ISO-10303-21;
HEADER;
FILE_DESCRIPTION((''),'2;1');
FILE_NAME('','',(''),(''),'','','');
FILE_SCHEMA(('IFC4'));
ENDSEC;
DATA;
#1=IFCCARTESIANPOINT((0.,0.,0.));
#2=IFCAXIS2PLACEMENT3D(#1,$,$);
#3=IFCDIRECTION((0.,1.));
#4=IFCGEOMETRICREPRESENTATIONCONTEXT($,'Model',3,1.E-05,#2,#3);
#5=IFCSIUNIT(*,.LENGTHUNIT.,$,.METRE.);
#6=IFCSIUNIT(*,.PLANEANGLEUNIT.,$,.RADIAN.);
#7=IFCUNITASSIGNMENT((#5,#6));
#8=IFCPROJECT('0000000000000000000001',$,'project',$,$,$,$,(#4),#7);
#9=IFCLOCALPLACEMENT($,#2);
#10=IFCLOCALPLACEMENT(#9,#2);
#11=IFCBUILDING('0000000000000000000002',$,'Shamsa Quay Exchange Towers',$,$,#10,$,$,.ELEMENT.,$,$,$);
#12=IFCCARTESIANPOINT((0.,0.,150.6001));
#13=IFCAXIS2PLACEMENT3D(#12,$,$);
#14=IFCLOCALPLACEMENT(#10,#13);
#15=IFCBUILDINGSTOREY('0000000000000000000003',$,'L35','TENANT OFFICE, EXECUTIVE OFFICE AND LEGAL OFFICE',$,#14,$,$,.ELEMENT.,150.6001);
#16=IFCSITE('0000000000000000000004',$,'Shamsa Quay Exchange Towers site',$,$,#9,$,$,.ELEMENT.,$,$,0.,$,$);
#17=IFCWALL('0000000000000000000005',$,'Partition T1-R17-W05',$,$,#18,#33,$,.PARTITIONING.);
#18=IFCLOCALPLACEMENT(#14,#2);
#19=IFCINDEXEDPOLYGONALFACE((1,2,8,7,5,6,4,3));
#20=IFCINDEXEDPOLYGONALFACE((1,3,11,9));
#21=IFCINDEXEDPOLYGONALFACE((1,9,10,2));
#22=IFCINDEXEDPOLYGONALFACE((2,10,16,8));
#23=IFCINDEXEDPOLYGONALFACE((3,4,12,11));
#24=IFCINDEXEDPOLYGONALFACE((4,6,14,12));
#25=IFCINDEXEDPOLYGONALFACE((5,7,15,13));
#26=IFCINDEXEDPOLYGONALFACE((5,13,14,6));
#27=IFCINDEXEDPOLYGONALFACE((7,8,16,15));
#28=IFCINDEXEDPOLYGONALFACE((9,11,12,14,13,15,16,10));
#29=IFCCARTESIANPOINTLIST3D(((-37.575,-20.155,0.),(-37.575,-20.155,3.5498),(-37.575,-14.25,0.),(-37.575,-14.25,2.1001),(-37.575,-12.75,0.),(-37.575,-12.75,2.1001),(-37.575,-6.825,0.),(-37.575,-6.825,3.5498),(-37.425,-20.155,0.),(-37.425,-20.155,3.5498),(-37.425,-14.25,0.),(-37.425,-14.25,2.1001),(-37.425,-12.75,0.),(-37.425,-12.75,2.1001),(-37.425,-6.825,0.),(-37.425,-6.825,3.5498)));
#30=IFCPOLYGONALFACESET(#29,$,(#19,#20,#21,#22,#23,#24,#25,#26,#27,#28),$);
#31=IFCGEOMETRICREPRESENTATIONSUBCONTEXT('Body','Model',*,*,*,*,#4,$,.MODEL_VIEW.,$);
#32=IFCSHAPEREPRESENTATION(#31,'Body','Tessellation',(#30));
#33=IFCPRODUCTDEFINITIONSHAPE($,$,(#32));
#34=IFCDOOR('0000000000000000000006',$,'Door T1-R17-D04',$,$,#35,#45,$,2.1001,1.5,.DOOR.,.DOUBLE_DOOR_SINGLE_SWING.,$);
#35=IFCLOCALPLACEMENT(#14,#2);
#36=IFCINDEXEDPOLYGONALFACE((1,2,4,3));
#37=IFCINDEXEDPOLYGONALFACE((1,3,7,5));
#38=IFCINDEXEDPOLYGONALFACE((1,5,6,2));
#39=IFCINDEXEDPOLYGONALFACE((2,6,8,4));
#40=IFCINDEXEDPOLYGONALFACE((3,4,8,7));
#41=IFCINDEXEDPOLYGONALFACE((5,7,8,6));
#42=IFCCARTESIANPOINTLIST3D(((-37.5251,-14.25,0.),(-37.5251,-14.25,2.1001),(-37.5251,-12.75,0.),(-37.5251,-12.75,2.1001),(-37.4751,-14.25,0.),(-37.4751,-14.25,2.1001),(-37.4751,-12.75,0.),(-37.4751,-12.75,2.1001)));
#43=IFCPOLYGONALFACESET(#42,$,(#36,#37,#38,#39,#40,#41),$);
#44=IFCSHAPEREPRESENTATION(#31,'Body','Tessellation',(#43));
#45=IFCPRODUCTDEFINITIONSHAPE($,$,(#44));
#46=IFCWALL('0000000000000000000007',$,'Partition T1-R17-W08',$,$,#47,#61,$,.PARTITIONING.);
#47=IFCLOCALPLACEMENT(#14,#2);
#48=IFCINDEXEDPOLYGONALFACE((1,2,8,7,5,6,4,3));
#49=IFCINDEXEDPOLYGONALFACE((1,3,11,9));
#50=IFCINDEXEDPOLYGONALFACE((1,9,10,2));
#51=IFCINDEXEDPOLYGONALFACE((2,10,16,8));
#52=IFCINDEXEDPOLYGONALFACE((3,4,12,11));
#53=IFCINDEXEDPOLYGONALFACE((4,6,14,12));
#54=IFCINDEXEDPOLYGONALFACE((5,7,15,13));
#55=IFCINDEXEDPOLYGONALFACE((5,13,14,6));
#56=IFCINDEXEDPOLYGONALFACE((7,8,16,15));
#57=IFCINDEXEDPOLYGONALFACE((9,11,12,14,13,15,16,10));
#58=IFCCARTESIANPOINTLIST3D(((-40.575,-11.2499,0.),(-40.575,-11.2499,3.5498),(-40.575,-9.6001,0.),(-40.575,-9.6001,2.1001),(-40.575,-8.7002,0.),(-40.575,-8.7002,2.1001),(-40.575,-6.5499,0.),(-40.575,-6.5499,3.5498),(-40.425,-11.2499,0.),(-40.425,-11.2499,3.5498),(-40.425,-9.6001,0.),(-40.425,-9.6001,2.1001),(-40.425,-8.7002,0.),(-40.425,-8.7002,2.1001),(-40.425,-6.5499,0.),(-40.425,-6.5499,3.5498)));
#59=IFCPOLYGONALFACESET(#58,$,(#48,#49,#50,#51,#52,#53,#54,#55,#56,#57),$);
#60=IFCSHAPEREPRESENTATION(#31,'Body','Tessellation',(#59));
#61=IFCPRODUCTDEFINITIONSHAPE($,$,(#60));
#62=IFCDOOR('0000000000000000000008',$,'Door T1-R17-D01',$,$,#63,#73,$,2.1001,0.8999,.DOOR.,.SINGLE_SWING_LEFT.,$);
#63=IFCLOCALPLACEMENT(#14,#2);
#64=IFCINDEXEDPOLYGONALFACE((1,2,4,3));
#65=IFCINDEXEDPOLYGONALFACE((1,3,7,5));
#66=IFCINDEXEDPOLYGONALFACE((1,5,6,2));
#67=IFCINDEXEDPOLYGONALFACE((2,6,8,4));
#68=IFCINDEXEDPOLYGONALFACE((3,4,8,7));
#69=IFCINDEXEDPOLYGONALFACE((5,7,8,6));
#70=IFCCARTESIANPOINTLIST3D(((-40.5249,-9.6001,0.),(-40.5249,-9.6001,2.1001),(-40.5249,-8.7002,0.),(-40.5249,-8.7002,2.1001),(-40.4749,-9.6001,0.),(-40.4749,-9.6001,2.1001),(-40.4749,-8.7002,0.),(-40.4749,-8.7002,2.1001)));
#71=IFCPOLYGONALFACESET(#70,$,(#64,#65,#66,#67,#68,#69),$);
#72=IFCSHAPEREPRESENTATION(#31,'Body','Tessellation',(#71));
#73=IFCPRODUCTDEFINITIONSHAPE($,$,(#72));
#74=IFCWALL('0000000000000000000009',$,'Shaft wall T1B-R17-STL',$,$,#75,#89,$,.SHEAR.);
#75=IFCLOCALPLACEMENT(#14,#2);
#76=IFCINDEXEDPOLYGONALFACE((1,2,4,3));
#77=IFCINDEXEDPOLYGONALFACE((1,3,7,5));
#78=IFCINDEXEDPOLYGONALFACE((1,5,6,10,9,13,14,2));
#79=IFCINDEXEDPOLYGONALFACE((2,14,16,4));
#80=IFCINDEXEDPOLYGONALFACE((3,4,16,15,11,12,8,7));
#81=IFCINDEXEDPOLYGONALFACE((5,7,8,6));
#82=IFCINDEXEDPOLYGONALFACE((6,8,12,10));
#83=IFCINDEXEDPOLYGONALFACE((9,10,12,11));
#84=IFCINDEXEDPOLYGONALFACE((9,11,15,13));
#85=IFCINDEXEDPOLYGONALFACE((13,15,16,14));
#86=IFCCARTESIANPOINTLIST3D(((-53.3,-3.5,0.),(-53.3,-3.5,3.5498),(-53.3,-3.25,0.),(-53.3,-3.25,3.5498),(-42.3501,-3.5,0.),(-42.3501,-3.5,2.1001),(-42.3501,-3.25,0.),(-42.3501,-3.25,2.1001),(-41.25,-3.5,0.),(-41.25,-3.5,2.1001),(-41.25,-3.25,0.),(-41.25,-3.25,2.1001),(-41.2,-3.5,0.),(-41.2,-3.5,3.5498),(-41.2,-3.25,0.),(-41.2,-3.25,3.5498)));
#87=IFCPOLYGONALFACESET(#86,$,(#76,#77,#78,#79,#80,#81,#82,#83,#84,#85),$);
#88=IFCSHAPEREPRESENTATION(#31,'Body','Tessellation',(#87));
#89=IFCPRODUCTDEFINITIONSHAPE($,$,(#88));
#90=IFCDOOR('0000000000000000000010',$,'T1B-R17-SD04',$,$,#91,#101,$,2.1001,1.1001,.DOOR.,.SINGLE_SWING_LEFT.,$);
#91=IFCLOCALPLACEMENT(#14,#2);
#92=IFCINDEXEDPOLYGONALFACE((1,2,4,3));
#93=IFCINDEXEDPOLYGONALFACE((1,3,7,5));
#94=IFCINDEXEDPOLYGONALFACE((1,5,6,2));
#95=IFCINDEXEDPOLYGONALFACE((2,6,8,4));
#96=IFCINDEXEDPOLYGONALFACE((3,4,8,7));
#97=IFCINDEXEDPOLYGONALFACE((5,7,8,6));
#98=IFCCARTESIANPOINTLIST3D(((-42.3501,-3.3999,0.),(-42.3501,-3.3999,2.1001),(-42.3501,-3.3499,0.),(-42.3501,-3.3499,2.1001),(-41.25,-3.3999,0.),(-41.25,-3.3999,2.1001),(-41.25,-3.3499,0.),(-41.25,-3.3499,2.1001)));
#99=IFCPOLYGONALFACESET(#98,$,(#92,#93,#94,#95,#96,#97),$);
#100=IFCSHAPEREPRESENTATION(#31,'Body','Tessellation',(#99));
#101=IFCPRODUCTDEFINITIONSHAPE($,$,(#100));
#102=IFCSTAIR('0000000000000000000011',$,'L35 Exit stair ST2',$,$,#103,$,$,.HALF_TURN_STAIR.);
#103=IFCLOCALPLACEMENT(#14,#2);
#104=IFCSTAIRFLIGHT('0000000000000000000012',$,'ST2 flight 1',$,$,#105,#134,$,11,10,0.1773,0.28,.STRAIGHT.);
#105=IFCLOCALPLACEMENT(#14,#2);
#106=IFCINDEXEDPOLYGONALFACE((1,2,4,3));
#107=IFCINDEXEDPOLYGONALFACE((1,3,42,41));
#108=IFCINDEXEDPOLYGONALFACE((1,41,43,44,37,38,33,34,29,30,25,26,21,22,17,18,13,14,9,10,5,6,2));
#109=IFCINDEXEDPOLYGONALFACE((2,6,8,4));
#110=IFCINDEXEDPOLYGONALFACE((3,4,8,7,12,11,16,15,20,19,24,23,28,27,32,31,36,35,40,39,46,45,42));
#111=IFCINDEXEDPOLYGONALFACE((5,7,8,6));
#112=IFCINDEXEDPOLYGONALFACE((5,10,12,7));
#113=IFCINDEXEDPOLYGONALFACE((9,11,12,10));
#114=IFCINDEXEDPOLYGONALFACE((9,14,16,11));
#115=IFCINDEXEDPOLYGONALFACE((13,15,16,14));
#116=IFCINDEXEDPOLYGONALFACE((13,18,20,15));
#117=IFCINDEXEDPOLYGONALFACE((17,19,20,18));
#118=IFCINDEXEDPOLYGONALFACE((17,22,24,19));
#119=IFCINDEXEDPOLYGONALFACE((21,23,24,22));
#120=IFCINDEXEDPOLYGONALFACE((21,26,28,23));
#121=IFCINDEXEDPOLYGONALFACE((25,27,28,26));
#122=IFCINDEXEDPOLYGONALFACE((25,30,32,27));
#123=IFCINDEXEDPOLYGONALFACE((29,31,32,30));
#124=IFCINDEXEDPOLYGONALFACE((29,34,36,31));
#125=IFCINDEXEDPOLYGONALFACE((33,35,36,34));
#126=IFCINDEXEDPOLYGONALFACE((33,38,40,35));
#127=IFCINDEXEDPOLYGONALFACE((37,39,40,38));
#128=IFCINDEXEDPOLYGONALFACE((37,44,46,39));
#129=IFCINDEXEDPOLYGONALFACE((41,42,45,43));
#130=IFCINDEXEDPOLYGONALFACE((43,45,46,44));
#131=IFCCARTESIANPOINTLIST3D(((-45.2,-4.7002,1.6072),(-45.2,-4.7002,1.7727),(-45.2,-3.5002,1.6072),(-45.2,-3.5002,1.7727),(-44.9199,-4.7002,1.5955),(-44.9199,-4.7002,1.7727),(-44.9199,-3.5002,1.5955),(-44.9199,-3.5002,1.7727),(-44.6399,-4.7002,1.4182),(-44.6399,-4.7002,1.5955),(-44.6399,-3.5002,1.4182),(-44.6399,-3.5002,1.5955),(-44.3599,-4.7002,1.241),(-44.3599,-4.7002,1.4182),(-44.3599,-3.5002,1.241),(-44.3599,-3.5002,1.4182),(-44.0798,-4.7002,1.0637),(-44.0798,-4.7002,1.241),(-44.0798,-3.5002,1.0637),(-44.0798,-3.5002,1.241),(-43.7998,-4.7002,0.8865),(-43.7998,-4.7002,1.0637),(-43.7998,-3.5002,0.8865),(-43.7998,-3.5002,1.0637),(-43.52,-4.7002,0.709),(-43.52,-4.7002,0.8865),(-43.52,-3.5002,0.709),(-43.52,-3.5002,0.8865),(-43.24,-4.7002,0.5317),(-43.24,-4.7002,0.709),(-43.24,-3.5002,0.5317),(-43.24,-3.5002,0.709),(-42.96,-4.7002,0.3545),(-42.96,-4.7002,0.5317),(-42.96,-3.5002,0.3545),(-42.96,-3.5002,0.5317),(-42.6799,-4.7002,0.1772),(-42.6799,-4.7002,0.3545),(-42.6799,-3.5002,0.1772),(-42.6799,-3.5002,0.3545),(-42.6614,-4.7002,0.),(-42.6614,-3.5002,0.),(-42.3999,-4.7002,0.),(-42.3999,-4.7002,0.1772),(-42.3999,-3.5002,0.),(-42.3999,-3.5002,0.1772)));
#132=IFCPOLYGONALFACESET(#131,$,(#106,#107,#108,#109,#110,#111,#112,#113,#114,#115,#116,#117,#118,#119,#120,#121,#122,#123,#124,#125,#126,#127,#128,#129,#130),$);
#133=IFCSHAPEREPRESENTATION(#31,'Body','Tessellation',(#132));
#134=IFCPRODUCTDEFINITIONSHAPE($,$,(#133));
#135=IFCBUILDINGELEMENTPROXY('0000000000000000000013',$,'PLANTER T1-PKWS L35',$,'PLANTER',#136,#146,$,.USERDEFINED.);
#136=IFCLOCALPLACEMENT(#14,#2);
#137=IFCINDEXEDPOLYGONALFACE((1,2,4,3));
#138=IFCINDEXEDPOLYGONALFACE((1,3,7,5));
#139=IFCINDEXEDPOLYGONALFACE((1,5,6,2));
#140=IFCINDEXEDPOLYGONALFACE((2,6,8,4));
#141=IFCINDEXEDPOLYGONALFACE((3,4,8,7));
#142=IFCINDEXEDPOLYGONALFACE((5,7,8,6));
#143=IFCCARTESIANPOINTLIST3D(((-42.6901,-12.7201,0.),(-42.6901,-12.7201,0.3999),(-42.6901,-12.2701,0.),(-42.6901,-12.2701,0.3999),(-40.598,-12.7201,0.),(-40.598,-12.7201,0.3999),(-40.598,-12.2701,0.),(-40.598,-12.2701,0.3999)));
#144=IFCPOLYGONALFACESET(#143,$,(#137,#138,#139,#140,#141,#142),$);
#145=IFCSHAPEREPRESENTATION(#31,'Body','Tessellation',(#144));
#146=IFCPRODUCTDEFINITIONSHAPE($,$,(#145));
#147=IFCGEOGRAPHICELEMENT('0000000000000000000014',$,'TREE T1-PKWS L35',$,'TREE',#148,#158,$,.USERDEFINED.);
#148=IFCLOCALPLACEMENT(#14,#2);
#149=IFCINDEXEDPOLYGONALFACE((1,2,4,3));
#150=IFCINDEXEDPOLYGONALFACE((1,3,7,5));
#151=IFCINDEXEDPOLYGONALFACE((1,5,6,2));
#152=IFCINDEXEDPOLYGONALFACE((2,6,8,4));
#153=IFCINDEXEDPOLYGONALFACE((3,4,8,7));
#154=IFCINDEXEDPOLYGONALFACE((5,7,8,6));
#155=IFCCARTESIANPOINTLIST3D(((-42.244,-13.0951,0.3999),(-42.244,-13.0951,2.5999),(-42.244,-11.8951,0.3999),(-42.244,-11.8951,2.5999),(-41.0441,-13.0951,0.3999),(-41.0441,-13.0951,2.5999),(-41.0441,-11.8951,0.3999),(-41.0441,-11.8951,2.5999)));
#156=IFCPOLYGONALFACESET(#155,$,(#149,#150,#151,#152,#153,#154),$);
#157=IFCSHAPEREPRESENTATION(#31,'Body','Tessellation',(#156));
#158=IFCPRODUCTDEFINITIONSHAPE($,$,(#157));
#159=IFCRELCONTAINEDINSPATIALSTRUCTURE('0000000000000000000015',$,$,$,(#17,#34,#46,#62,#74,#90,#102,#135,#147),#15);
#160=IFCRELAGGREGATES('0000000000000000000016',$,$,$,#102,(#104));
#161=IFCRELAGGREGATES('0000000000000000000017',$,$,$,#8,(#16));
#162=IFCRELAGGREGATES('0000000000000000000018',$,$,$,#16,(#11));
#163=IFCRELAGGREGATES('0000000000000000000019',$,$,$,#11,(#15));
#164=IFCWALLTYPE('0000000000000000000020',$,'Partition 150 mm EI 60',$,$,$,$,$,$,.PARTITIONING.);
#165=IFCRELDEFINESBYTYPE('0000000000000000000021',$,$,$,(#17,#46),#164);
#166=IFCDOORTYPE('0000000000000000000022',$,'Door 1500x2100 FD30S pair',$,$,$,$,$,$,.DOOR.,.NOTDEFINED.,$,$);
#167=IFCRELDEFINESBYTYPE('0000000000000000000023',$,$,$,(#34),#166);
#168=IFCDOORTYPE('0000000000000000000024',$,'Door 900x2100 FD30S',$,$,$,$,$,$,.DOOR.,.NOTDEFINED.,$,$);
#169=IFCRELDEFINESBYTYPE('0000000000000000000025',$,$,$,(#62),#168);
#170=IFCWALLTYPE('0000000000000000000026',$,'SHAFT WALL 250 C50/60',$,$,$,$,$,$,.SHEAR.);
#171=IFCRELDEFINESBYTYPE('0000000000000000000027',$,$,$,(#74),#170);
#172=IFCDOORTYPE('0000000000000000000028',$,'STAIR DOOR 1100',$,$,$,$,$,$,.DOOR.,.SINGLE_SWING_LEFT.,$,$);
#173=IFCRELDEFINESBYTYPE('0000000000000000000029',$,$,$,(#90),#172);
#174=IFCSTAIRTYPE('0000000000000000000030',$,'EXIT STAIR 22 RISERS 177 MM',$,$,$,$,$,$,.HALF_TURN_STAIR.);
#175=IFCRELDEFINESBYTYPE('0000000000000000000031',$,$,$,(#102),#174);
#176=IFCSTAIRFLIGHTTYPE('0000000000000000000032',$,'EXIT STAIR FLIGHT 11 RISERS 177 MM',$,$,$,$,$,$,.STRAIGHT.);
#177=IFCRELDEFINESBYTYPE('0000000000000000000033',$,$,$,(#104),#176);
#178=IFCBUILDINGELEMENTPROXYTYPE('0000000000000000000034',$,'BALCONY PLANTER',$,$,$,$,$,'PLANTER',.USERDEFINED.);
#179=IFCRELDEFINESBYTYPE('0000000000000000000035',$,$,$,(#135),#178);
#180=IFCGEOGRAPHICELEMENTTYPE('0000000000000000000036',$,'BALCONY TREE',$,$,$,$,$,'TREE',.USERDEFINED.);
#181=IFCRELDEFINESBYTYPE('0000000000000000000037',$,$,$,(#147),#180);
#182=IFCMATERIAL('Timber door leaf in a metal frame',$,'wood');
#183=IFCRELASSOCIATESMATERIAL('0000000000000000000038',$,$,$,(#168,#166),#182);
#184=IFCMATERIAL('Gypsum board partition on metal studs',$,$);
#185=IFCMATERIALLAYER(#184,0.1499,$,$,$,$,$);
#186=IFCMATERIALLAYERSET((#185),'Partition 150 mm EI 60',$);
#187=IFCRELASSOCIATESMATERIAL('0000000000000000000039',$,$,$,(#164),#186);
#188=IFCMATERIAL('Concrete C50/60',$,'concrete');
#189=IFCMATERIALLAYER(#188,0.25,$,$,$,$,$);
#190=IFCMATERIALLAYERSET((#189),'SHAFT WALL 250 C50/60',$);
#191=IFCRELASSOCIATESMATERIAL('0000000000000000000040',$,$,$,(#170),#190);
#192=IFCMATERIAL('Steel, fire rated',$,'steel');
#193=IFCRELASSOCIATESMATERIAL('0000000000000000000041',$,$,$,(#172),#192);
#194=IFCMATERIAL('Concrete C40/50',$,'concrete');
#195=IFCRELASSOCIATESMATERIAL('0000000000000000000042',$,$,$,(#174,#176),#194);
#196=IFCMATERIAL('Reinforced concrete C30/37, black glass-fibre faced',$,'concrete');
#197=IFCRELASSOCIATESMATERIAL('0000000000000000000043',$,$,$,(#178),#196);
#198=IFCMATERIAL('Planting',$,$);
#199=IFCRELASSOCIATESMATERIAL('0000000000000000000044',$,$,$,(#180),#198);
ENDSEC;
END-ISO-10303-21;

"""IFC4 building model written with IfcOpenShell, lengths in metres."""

from ifc_helpers import new_model, si_unit, direction, frame, frame_2d, origin, origin_2d, place, context, subcontext, project, spatial, polyline, rectangle, outline, extrude, material, layer, layer_set, type_object, element, fill, aggregate, save


model = new_model("IFC4")

# Units and contexts
model_context = context("Model", 3, precision=1e-05, world=origin(), true_north=direction((0.0, 1.0)))
body_context = subcontext(model_context, "Body", "Model", "MODEL_VIEW")
ifc_project = project(units=[si_unit("LENGTHUNIT", "METRE"), si_unit("PLANEANGLEUNIT", "RADIAN")], contexts=[model_context])

# Site, building, storey
site_placement = place(None, origin())
site = spatial("IfcSite", under=ifc_project, at=site_placement, Name="Shamsa Quay Exchange Towers site", CompositionType="ELEMENT", RefElevation=0.0)
building_placement = place(site_placement, origin())
building = spatial("IfcBuilding", under=site, at=building_placement, Name="Shamsa Quay Exchange Towers", CompositionType="ELEMENT")
storey_placement = place(building_placement, frame((0.0, 0.0, 150.6001)))
storey = spatial("IfcBuildingStorey", under=building, at=storey_placement, Name="L35", Description="TENANT OFFICE, EXECUTIVE OFFICE AND LEGAL OFFICE", CompositionType="ELEMENT", Elevation=150.6001)

# Walls, openings, doors
ifc_material_1 = material(Name="Steel, fire rated", Category="steel")
ifc_material_2 = material(Name="Timber door leaf in a metal frame", Category="wood")
door_type_1 = type_object("IfcDoorType", Name="Door 900x2100 FD30S", OperationType="NOTDEFINED", PredefinedType="DOOR", material=ifc_material_2)
ifc_material_3 = material(Name="Gypsum board partition on metal studs")
ifc_layer_1 = layer(ifc_material_3, 0.1499)
ifc_layer_set_1 = layer_set([ifc_layer_1], Name="Partition 150 mm EI 60")
wall_type_1 = type_object("IfcWallType", Name="Partition 150 mm EI 60", PredefinedType="PARTITIONING", material=ifc_layer_set_1)
wall_1_placement = place(storey_placement, frame((-37.5, -6.825, 0.0), z_axis=(0.0, 0.0, 1.0), x_axis=(0.0, -1.0, 0.0)))
wall_1 = element("IfcWall", 1, at=wall_1_placement, inside=storey, type_object=wall_type_1, Name="Partition T1-R17-W05", PredefinedType="PARTITIONING", context=body_context, shape_type="SweptSolid", body=[
    extrude(rectangle(XDim=13.3301, YDim=0.1499, at=frame_2d((6.665, 0.0))), origin(), (0.0, 0.0, 1.0), 3.5498),
])
opening_1_placement = place(wall_1_placement, frame((5.925, 0.0, 0.0)))
opening_1 = element("IfcOpeningElement", 2, at=opening_1_placement, cuts=wall_1, PredefinedType="OPENING", context=body_context, shape_type="SweptSolid", body=[
    extrude(rectangle(XDim=1.5, YDim=2.1001, at=frame_2d((0.75, 1.05))), frame((0.0, 0.085, 0.0), z_axis=(0.0, -1.0, 0.0), x_axis=(1.0, 0.0, 0.0)), (0.0, 0.0, 1.0), 0.1699),
])
door_type_2 = type_object("IfcDoorType", Name="Door 1500x2100 FD30S pair", OperationType="NOTDEFINED", PredefinedType="DOOR", material=ifc_material_2)
door_1_placement = place(opening_1_placement, origin())
door_1 = element("IfcDoor", 3, at=door_1_placement, inside=storey, type_object=door_type_2, Name="Door T1-R17-D04", OperationType="DOUBLE_DOOR_SINGLE_SWING", OverallHeight=2.1001, OverallWidth=1.5, PredefinedType="DOOR", context=body_context, shape_type="SweptSolid", body=[
    extrude(rectangle(XDim=1.5, YDim=2.1001, at=frame_2d((0.75, 1.05))), frame((0.0, 0.0249, 0.0), z_axis=(0.0, -1.0, 0.0), x_axis=(1.0, 0.0, 0.0)), (0.0, 0.0, 1.0), 0.05),
])
fill(opening_1, door_1)
wall_2_placement = place(storey_placement, frame((-40.5, -11.25, 0.0), z_axis=(0.0, 0.0, 1.0), x_axis=(0.0, 1.0, 0.0)))
wall_2 = element("IfcWall", 4, at=wall_2_placement, inside=storey, type_object=wall_type_1, Name="Partition T1-R17-W08", PredefinedType="PARTITIONING", context=body_context, shape_type="SweptSolid", body=[
    extrude(rectangle(XDim=4.7, YDim=0.1499, at=frame_2d((2.3501, 0.0))), origin(), (0.0, 0.0, 1.0), 3.5498),
])
opening_2_placement = place(wall_2_placement, frame((1.6499, 0.0, 0.0)))
opening_2 = element("IfcOpeningElement", 5, at=opening_2_placement, cuts=wall_2, PredefinedType="OPENING", context=body_context, shape_type="SweptSolid", body=[
    extrude(rectangle(XDim=0.8999, YDim=2.1001, at=frame_2d((0.45, 1.05))), frame((0.0, 0.085, 0.0), z_axis=(0.0, -1.0, 0.0), x_axis=(1.0, 0.0, 0.0)), (0.0, 0.0, 1.0), 0.1699),
])
door_2_placement = place(opening_2_placement, origin())
door_2 = element("IfcDoor", 6, at=door_2_placement, inside=storey, type_object=door_type_1, Name="Door T1-R17-D01", OperationType="SINGLE_SWING_LEFT", OverallHeight=2.1001, OverallWidth=0.8999, PredefinedType="DOOR", context=body_context, shape_type="SweptSolid", body=[
    extrude(rectangle(XDim=0.8999, YDim=2.1001, at=frame_2d((0.45, 1.05))), frame((0.0, 0.0249, 0.0), z_axis=(0.0, -1.0, 0.0), x_axis=(1.0, 0.0, 0.0)), (0.0, 0.0, 1.0), 0.05),
])
fill(opening_2, door_2)
ifc_material_4 = material(Name="Concrete C50/60", Category="concrete")
ifc_layer_2 = layer(ifc_material_4, 0.25)
ifc_layer_set_2 = layer_set([ifc_layer_2], Name="SHAFT WALL 250 C50/60")
wall_type_2 = type_object("IfcWallType", Name="SHAFT WALL 250 C50/60", PredefinedType="SHEAR", material=ifc_layer_set_2)
wall_3_placement = place(storey_placement, frame((-41.2, -3.375, 0.0), z_axis=(0.0, 0.0, 1.0), x_axis=(-1.0, 0.0, 0.0)))
wall_3 = element("IfcWall", 7, at=wall_3_placement, inside=storey, type_object=wall_type_2, Name="Shaft wall T1B-R17-STL", PredefinedType="SHEAR", context=body_context, shape_type="SweptSolid", body=[
    extrude(rectangle(XDim=12.1001, YDim=0.25, at=frame_2d((6.05, 0.0))), origin(), (0.0, 0.0, 1.0), 3.5498),
])
opening_3_placement = place(wall_3_placement, frame((0.05, 0.0, 0.0)))
opening_3 = element("IfcOpeningElement", 8, at=opening_3_placement, cuts=wall_3, PredefinedType="OPENING", context=body_context, shape_type="SweptSolid", body=[
    extrude(rectangle(XDim=1.1001, YDim=2.1001, at=frame_2d((0.55, 1.05))), frame((0.0, 0.135, 0.0), z_axis=(0.0, -1.0, 0.0), x_axis=(1.0, 0.0, 0.0)), (0.0, 0.0, 1.0), 0.27),
])
door_type_3 = type_object("IfcDoorType", Name="STAIR DOOR 1100", OperationType="SINGLE_SWING_LEFT", PredefinedType="DOOR", material=ifc_material_1)
door_3_placement = place(opening_3_placement, origin())
door_3 = element("IfcDoor", 9, at=door_3_placement, inside=storey, type_object=door_type_3, Name="T1B-R17-SD04", OperationType="SINGLE_SWING_LEFT", OverallHeight=2.1001, OverallWidth=1.1001, PredefinedType="DOOR", context=body_context, shape_type="SweptSolid", body=[
    extrude(rectangle(XDim=1.1001, YDim=2.1001, at=frame_2d((0.55, 1.05))), frame((0.0, 0.0249, 0.0), z_axis=(0.0, -1.0, 0.0), x_axis=(1.0, 0.0, 0.0)), (0.0, 0.0, 1.0), 0.05),
])
fill(opening_3, door_3)

# Stair, stair flight
ifc_material_5 = material(Name="Concrete C40/50", Category="concrete")
stair_type = type_object("IfcStairType", Name="EXIT STAIR 22 RISERS 177 MM", PredefinedType="HALF_TURN_STAIR", material=ifc_material_5)
stair_placement = place(storey_placement, origin())
stair = element("IfcStair", 10, at=stair_placement, inside=storey, type_object=stair_type, Name="L35 Exit stair ST2", PredefinedType="HALF_TURN_STAIR")
stair_flight_type = type_object("IfcStairFlightType", Name="EXIT STAIR FLIGHT 11 RISERS 177 MM", PredefinedType="STRAIGHT", material=ifc_material_5)
stair_flight_placement = place(storey_placement, frame((-42.3999, -4.1001, 0.0), z_axis=(0.0, 0.0, 1.0), x_axis=(-1.0, 0.0, 0.0)))
stair_flight = element("IfcStairFlight", 11, at=stair_flight_placement, type_object=stair_flight_type, Name="ST2 flight 1", NumberOfRisers=11, NumberOfTreads=10, PredefinedType="STRAIGHT", RiserHeight=0.1773, TreadLength=0.28, context=body_context, shape_type="SweptSolid", body=[
    extrude(outline(polyline([(0.0, 0.0), (0.0, 0.1772), (0.28, 0.1772), (0.28, 0.3545), (0.5601, 0.3545), (0.5601, 0.5317), (0.8401, 0.5317), (0.8401, 0.709), (1.1201, 0.709), (1.1201, 0.8865), (1.3999, 0.8865), (1.3999, 1.0637), (1.6799, 1.0637), (1.6799, 1.241), (1.96, 1.241), (1.96, 1.4182), (2.24, 1.4182), (2.24, 1.5955), (2.52, 1.5955), (2.52, 1.7727), (2.8, 1.7727), (2.8, 1.95), (2.8, 1.6072), (0.2615, 0.0), (0.0, 0.0)])), frame((0.0, 0.6001, 0.0), z_axis=(0.0, -1.0, 0.0), x_axis=(1.0, 0.0, 0.0)), (0.0, 0.0, 1.0), 1.2),
])
aggregate(stair, [stair_flight])

# Building element proxy
ifc_material_6 = material(Name="Reinforced concrete C30/37, black glass-fibre faced", Category="concrete")
building_element_proxy_type = type_object("IfcBuildingElementProxyType", Name="BALCONY PLANTER", ElementType="PLANTER", PredefinedType="USERDEFINED", material=ifc_material_6)
proxy_placement = place(storey_placement, frame((-41.644, -12.4951, 0.0)))
element("IfcBuildingElementProxy", 12, at=proxy_placement, inside=storey, type_object=building_element_proxy_type, Name="PLANTER T1-PKWS L35", ObjectType="PLANTER", PredefinedType="USERDEFINED", context=body_context, shape_type="SweptSolid", body=[
    extrude(rectangle(XDim=2.092, YDim=0.45, at=origin_2d()), origin(), (0.0, 0.0, 1.0), 0.3999),
])

# Geographic element
ifc_material_7 = material(Name="Planting")
geographic_element_type = type_object("IfcGeographicElementType", Name="BALCONY TREE", ElementType="TREE", PredefinedType="USERDEFINED", material=ifc_material_7)
geographic_element_placement = place(storey_placement, frame((-41.644, -12.4951, 0.3999)))
element("IfcGeographicElement", 13, at=geographic_element_placement, inside=storey, type_object=geographic_element_type, Name="TREE T1-PKWS L35", ObjectType="TREE", PredefinedType="USERDEFINED", context=body_context, shape_type="SweptSolid", body=[
    extrude(rectangle(XDim=1.2, YDim=1.2, at=origin_2d()), origin(), (0.0, 0.0, 1.0), 2.2),
])

save(model, "model.ifc")
